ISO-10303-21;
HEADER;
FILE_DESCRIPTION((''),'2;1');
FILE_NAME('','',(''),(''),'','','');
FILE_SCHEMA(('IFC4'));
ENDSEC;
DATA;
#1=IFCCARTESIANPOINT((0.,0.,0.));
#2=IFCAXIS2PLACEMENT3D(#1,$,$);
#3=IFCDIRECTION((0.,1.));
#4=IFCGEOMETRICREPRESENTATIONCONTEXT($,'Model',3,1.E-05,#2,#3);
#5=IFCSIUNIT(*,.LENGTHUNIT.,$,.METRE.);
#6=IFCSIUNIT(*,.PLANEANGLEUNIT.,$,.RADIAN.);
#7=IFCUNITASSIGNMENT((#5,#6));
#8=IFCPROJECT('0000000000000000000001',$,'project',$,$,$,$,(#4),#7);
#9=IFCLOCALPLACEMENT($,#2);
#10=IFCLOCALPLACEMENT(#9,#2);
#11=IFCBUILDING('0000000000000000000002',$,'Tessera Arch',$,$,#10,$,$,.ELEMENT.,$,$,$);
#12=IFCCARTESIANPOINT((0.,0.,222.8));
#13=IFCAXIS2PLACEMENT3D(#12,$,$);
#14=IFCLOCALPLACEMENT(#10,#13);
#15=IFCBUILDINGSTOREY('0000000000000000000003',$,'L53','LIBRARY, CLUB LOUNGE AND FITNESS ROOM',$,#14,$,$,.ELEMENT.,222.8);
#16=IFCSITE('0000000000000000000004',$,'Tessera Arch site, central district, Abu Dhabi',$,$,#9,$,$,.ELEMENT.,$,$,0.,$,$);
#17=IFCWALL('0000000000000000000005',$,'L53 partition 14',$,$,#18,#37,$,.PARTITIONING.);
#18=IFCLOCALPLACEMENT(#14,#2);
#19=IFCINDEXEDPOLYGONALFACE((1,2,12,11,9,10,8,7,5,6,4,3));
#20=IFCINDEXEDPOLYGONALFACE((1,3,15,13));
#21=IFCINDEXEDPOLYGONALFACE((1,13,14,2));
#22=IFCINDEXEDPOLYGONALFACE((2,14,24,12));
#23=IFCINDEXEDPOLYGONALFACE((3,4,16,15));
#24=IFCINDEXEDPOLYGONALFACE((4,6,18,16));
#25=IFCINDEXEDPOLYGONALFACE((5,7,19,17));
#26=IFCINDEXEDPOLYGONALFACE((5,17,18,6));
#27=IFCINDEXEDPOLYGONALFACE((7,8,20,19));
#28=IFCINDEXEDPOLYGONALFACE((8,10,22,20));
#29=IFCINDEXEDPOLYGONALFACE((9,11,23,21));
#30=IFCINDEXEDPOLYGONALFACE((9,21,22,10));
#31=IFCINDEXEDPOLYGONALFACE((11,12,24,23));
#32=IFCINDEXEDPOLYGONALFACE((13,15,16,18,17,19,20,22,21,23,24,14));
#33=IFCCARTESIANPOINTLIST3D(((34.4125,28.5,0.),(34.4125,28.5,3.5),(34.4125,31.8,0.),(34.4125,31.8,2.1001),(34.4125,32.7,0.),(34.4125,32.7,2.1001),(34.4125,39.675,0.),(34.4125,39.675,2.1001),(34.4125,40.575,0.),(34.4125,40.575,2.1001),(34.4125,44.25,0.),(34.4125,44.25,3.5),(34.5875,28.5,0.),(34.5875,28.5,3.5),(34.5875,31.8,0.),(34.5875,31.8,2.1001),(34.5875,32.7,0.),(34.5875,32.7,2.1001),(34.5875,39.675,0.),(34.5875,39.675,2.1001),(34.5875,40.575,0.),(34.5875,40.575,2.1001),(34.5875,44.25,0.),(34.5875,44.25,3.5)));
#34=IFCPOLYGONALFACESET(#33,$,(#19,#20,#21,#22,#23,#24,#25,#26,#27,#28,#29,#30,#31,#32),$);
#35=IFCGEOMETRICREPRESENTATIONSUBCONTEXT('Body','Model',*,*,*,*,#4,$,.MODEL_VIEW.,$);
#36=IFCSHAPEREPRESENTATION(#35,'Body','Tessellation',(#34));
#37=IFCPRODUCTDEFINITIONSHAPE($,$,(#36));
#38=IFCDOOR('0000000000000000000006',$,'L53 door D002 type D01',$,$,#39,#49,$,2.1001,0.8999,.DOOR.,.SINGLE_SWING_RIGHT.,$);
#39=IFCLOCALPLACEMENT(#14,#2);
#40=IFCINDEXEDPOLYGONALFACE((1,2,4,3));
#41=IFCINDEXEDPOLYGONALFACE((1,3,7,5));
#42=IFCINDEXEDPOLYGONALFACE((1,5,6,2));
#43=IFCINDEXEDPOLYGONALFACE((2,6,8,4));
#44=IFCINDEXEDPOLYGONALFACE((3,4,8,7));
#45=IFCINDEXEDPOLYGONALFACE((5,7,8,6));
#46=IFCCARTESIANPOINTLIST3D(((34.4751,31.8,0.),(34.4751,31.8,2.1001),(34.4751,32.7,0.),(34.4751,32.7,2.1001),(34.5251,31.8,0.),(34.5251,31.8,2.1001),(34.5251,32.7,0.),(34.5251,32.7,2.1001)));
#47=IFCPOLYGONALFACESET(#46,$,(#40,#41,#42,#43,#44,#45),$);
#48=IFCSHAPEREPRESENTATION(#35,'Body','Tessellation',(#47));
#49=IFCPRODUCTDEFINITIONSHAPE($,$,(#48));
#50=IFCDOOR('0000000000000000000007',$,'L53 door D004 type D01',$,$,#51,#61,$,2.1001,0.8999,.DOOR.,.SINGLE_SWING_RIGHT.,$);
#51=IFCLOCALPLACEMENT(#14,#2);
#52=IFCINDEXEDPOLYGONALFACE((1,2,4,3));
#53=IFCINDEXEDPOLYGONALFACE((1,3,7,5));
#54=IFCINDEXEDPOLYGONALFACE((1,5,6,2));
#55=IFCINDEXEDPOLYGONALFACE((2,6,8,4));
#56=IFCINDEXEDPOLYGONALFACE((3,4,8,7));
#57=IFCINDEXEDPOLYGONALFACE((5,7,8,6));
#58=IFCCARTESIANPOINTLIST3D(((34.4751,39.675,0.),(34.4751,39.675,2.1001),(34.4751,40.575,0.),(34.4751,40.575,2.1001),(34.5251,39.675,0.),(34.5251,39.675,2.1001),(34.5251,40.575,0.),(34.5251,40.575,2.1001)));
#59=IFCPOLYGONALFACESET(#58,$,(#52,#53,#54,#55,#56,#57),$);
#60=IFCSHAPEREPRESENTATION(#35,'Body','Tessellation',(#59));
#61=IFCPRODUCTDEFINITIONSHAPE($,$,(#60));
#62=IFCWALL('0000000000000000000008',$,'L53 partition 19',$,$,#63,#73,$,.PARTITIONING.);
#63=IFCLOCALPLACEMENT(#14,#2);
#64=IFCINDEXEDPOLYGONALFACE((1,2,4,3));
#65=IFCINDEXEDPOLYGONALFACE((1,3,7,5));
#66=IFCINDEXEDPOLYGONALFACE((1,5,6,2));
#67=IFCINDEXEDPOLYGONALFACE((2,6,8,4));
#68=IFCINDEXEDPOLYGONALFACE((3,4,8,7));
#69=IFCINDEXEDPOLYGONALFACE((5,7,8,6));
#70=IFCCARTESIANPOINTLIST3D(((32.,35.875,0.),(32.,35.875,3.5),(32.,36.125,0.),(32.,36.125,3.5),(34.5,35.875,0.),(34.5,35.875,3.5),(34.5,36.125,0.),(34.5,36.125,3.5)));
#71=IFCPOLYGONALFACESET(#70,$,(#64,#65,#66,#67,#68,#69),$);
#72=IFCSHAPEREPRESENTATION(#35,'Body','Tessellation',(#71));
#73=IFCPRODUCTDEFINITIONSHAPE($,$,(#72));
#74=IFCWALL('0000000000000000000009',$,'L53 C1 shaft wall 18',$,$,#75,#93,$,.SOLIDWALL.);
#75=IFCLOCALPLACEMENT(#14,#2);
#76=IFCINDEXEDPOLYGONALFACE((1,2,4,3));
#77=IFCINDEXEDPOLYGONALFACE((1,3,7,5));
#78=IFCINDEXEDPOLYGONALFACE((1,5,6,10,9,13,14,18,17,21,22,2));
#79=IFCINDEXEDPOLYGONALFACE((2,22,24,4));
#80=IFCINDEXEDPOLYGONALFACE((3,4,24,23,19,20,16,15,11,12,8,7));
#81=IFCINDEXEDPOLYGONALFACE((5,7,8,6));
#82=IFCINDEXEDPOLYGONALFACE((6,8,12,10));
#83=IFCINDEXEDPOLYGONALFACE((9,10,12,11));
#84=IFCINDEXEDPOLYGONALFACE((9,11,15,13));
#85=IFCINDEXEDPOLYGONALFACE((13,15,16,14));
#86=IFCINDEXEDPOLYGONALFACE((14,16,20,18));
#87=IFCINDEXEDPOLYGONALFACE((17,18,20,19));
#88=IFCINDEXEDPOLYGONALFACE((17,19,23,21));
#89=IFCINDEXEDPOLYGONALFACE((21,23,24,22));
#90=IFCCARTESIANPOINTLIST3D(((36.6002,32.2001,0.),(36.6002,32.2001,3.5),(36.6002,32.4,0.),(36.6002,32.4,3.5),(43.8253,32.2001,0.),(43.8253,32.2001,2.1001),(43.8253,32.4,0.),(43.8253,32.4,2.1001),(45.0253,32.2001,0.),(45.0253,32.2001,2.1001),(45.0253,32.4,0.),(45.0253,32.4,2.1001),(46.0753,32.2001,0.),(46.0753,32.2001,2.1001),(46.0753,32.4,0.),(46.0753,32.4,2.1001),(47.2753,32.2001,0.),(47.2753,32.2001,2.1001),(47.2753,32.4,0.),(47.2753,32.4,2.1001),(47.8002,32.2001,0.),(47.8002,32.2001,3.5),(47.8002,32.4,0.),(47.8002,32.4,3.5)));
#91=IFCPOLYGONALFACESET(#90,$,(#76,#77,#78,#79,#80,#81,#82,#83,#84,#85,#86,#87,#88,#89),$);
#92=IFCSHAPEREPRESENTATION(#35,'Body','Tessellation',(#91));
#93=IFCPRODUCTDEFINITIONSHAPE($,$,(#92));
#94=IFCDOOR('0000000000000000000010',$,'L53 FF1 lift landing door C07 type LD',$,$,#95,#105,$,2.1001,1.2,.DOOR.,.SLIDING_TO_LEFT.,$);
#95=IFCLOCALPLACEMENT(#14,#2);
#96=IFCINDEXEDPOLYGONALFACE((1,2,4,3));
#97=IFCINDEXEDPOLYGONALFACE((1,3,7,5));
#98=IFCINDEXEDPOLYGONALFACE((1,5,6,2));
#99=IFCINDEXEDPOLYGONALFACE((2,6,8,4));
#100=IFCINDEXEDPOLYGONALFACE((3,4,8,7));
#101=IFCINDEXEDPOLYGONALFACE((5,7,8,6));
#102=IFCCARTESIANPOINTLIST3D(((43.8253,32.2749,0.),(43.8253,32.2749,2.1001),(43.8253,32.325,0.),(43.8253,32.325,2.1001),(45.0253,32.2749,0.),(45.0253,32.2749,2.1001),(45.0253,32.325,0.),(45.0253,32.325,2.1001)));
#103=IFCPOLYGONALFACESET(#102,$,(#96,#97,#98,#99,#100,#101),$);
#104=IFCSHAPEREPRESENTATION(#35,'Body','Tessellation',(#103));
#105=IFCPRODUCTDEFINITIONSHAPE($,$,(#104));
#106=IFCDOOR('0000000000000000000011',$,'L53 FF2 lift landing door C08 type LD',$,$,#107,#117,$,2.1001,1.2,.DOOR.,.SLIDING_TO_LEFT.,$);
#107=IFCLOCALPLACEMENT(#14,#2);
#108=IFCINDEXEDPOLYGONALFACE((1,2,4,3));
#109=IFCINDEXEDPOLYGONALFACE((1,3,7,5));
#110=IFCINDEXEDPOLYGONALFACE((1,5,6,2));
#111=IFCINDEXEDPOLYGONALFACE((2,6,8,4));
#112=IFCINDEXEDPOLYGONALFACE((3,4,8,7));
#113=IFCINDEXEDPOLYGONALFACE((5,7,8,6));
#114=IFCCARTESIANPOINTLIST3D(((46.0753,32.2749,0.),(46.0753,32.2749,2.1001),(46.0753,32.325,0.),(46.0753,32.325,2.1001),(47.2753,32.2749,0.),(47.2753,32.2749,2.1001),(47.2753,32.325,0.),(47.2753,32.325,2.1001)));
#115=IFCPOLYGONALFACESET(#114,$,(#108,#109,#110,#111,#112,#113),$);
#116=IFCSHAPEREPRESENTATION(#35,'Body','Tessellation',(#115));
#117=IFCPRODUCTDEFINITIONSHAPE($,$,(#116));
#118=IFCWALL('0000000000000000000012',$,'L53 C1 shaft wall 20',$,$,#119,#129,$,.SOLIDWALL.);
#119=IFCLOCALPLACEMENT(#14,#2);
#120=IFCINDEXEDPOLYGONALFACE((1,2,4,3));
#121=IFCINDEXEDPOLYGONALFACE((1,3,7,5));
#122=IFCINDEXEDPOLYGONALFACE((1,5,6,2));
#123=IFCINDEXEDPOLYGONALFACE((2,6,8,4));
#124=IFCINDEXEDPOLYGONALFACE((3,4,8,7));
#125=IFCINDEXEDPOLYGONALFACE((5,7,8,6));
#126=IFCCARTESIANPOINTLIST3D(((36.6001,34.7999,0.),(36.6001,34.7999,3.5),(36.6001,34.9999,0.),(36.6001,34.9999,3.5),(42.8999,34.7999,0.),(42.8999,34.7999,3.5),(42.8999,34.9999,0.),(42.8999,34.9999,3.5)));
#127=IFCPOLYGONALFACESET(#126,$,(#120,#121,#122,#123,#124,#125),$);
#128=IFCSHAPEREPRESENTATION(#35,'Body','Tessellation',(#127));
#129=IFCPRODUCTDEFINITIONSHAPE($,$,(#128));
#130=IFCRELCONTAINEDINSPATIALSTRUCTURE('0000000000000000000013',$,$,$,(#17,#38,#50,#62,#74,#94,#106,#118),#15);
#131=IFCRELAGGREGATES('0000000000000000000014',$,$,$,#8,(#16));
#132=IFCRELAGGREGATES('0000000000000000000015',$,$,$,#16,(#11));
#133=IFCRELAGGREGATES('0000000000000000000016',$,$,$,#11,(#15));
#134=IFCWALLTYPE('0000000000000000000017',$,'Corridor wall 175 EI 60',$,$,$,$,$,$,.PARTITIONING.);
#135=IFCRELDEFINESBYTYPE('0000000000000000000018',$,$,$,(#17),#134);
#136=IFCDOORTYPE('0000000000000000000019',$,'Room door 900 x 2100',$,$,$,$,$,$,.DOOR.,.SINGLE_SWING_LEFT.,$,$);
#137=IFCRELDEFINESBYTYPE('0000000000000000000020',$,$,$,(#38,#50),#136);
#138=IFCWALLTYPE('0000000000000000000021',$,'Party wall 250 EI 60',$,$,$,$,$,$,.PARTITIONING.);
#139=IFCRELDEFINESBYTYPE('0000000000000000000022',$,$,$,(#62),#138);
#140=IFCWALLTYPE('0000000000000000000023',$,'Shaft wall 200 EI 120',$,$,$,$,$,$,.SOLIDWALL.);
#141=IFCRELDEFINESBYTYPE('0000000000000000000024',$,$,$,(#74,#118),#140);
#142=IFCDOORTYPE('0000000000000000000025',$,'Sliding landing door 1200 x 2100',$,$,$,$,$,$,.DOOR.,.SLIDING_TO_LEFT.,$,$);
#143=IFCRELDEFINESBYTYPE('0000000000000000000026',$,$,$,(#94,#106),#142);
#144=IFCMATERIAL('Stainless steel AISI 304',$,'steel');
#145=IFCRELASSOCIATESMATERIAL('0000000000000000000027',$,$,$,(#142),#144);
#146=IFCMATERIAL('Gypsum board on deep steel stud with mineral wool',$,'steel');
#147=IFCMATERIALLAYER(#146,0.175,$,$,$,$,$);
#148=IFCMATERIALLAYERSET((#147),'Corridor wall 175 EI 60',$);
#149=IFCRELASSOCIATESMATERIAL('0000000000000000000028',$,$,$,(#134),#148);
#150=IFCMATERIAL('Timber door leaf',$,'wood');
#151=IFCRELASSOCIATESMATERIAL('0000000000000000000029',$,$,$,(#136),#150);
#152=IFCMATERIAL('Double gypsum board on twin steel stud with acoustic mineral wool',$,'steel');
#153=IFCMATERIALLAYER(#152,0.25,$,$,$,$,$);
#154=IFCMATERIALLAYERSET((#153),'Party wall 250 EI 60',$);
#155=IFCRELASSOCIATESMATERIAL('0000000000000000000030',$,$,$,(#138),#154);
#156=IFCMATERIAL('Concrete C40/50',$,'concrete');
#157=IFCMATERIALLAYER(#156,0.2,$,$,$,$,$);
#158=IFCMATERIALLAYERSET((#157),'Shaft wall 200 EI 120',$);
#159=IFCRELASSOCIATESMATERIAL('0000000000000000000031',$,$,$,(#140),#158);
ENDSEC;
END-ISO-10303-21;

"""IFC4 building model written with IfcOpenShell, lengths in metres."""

from ifc_helpers import new_model, si_unit, direction, frame, frame_2d, origin, place, context, subcontext, project, spatial, rectangle, extrude, material, layer, layer_set, type_object, element, fill, save


model = new_model("IFC4")

# Units and contexts
model_context = context("Model", 3, precision=1e-05, world=origin(), true_north=direction((0.0, 1.0)))
body_context = subcontext(model_context, "Body", "Model", "MODEL_VIEW")
ifc_project = project(units=[si_unit("LENGTHUNIT", "METRE"), si_unit("PLANEANGLEUNIT", "RADIAN")], contexts=[model_context])

# Site, building, storey
site_placement = place(None, origin())
site = spatial("IfcSite", under=ifc_project, at=site_placement, Name="Tessera Arch site, central district, Abu Dhabi", CompositionType="ELEMENT", RefElevation=0.0)
building_placement = place(site_placement, origin())
building = spatial("IfcBuilding", under=site, at=building_placement, Name="Tessera Arch", CompositionType="ELEMENT")
storey_placement = place(building_placement, frame((0.0, 0.0, 222.8)))
storey = spatial("IfcBuildingStorey", under=building, at=storey_placement, Name="L53", Description="LIBRARY, CLUB LOUNGE AND FITNESS ROOM", CompositionType="ELEMENT", Elevation=222.8)

# Shared definitions
ifc_material_1 = material(Name="Stainless steel AISI 304", Category="steel")
door_type_1 = type_object("IfcDoorType", Name="Sliding landing door 1200 x 2100", OperationType="SLIDING_TO_LEFT", PredefinedType="DOOR", material=ifc_material_1)

# Shared definitions
ifc_material_2 = material(Name="Gypsum board on deep steel stud with mineral wool", Category="steel")
ifc_layer_1 = layer(ifc_material_2, 0.175)
ifc_layer_set_1 = layer_set([ifc_layer_1], Name="Corridor wall 175 EI 60")
wall_type_1 = type_object("IfcWallType", Name="Corridor wall 175 EI 60", PredefinedType="PARTITIONING", material=ifc_layer_set_1)

# Wall, openings, doors
wall_1_placement = place(storey_placement, frame((34.5, 28.5, 0.0), z_axis=(0.0, 0.0, 1.0), x_axis=(0.0, 1.0, 0.0)))
wall_1 = element("IfcWall", 1, at=wall_1_placement, inside=storey, type_object=wall_type_1, Name="L53 partition 14", PredefinedType="PARTITIONING", context=body_context, shape_type="SweptSolid", body=[
    extrude(rectangle(XDim=15.75, YDim=0.175, at=frame_2d((7.875, 0.0))), origin(), (0.0, 0.0, 1.0), 3.5),
])
opening_1_placement = place(wall_1_placement, frame((3.3, 0.0, 0.0)))
opening_1 = element("IfcOpeningElement", 2, at=opening_1_placement, cuts=wall_1, PredefinedType="OPENING", context=body_context, shape_type="SweptSolid", body=[
    extrude(rectangle(XDim=0.8999, YDim=2.1001, at=frame_2d((0.45, 1.05))), frame((0.0, 0.0974, 0.0), z_axis=(0.0, -1.0, 0.0), x_axis=(1.0, 0.0, 0.0)), (0.0, 0.0, 1.0), 0.1951),
])
opening_2_placement = place(wall_1_placement, frame((11.175, 0.0, 0.0)))
opening_2 = element("IfcOpeningElement", 3, at=opening_2_placement, cuts=wall_1, PredefinedType="OPENING", context=body_context, shape_type="SweptSolid", body=[
    extrude(rectangle(XDim=0.8999, YDim=2.1001, at=frame_2d((0.45, 1.05))), frame((0.0, 0.0974, 0.0), z_axis=(0.0, -1.0, 0.0), x_axis=(1.0, 0.0, 0.0)), (0.0, 0.0, 1.0), 0.1951),
])
ifc_material_3 = material(Name="Timber door leaf", Category="wood")
door_type_2 = type_object("IfcDoorType", Name="Room door 900 x 2100", OperationType="SINGLE_SWING_LEFT", PredefinedType="DOOR", material=ifc_material_3)
door_1_placement = place(opening_1_placement, origin())
door_1 = element("IfcDoor", 4, at=door_1_placement, inside=storey, type_object=door_type_2, Name="L53 door D002 type D01", OperationType="SINGLE_SWING_RIGHT", OverallHeight=2.1001, OverallWidth=0.8999, PredefinedType="DOOR", context=body_context, shape_type="SweptSolid", body=[
    extrude(rectangle(XDim=0.8999, YDim=2.1001, at=frame_2d((0.45, 1.05))), frame((0.0, 0.0249, 0.0), z_axis=(0.0, -1.0, 0.0), x_axis=(1.0, 0.0, 0.0)), (0.0, 0.0, 1.0), 0.05),
])
fill(opening_1, door_1)
door_2_placement = place(opening_2_placement, origin())
door_2 = element("IfcDoor", 5, at=door_2_placement, inside=storey, type_object=door_type_2, Name="L53 door D004 type D01", OperationType="SINGLE_SWING_RIGHT", OverallHeight=2.1001, OverallWidth=0.8999, PredefinedType="DOOR", context=body_context, shape_type="SweptSolid", body=[
    extrude(rectangle(XDim=0.8999, YDim=2.1001, at=frame_2d((0.45, 1.05))), frame((0.0, 0.0249, 0.0), z_axis=(0.0, -1.0, 0.0), x_axis=(1.0, 0.0, 0.0)), (0.0, 0.0, 1.0), 0.05),
])
fill(opening_2, door_2)

# Wall
ifc_material_4 = material(Name="Double gypsum board on twin steel stud with acoustic mineral wool", Category="steel")
ifc_layer_2 = layer(ifc_material_4, 0.25)
ifc_layer_set_2 = layer_set([ifc_layer_2], Name="Party wall 250 EI 60")
wall_type_2 = type_object("IfcWallType", Name="Party wall 250 EI 60", PredefinedType="PARTITIONING", material=ifc_layer_set_2)
wall_2_placement = place(storey_placement, frame((32.0, 36.0, 0.0), z_axis=(0.0, 0.0, 1.0), x_axis=(1.0, 0.0, 0.0)))
element("IfcWall", 6, at=wall_2_placement, inside=storey, type_object=wall_type_2, Name="L53 partition 19", PredefinedType="PARTITIONING", context=body_context, shape_type="SweptSolid", body=[
    extrude(rectangle(XDim=2.5, YDim=0.25, at=frame_2d((1.25, 0.0))), origin(), (0.0, 0.0, 1.0), 3.5),
])

# Wall, openings, doors
ifc_material_5 = material(Name="Concrete C40/50", Category="concrete")
ifc_layer_3 = layer(ifc_material_5, 0.2)
ifc_layer_set_3 = layer_set([ifc_layer_3], Name="Shaft wall 200 EI 120")
wall_type_3 = type_object("IfcWallType", Name="Shaft wall 200 EI 120", PredefinedType="SOLIDWALL", material=ifc_layer_set_3)
wall_3_placement = place(storey_placement, frame((36.6001, 32.3, 0.0), z_axis=(0.0, 0.0, 1.0), x_axis=(1.0, 0.0, 0.0)))
wall_3 = element("IfcWall", 7, at=wall_3_placement, inside=storey, type_object=wall_type_3, Name="L53 C1 shaft wall 18", PredefinedType="SOLIDWALL", context=body_context, shape_type="SweptSolid", body=[
    extrude(rectangle(XDim=11.2, YDim=0.2, at=frame_2d((5.6001, 0.0))), origin(), (0.0, 0.0, 1.0), 3.5),
])
opening_3_placement = place(wall_3_placement, frame((7.2251, 0.0, 0.0)))
opening_3 = element("IfcOpeningElement", 8, at=opening_3_placement, cuts=wall_3, PredefinedType="OPENING", context=body_context, shape_type="SweptSolid", body=[
    extrude(rectangle(XDim=1.2, YDim=2.1001, at=frame_2d((0.6001, 1.05))), frame((0.0, 0.1099, 0.0), z_axis=(0.0, -1.0, 0.0), x_axis=(1.0, 0.0, 0.0)), (0.0, 0.0, 1.0), 0.22),
])
opening_4_placement = place(wall_3_placement, frame((9.4751, 0.0, 0.0)))
opening_4 = element("IfcOpeningElement", 9, at=opening_4_placement, cuts=wall_3, PredefinedType="OPENING", context=body_context, shape_type="SweptSolid", body=[
    extrude(rectangle(XDim=1.2, YDim=2.1001, at=frame_2d((0.6001, 1.05))), frame((0.0, 0.1099, 0.0), z_axis=(0.0, -1.0, 0.0), x_axis=(1.0, 0.0, 0.0)), (0.0, 0.0, 1.0), 0.22),
])
door_3_placement = place(opening_3_placement, origin())
door_3 = element("IfcDoor", 10, at=door_3_placement, inside=storey, type_object=door_type_1, Name="L53 FF1 lift landing door C07 type LD", OperationType="SLIDING_TO_LEFT", OverallHeight=2.1001, OverallWidth=1.2, PredefinedType="DOOR", context=body_context, shape_type="SweptSolid", body=[
    extrude(rectangle(XDim=1.2, YDim=2.1001, at=frame_2d((0.6001, 1.05))), frame((0.0, 0.0249, 0.0), z_axis=(0.0, -1.0, 0.0), x_axis=(1.0, 0.0, 0.0)), (0.0, 0.0, 1.0), 0.05),
])
fill(opening_3, door_3)
door_4_placement = place(opening_4_placement, origin())
door_4 = element("IfcDoor", 11, at=door_4_placement, inside=storey, type_object=door_type_1, Name="L53 FF2 lift landing door C08 type LD", OperationType="SLIDING_TO_LEFT", OverallHeight=2.1001, OverallWidth=1.2, PredefinedType="DOOR", context=body_context, shape_type="SweptSolid", body=[
    extrude(rectangle(XDim=1.2, YDim=2.1001, at=frame_2d((0.6001, 1.05))), frame((0.0, 0.0249, 0.0), z_axis=(0.0, -1.0, 0.0), x_axis=(1.0, 0.0, 0.0)), (0.0, 0.0, 1.0), 0.05),
])
fill(opening_4, door_4)

# Wall
wall_4_placement = place(storey_placement, frame((36.6001, 34.8999, 0.0), z_axis=(0.0, 0.0, 1.0), x_axis=(1.0, 0.0, 0.0)))
element("IfcWall", 12, at=wall_4_placement, inside=storey, type_object=wall_type_3, Name="L53 C1 shaft wall 20", PredefinedType="SOLIDWALL", context=body_context, shape_type="SweptSolid", body=[
    extrude(rectangle(XDim=6.2998, YDim=0.2, at=frame_2d((3.1499, 0.0))), origin(), (0.0, 0.0, 1.0), 3.5),
])

save(model, "model.ifc")
